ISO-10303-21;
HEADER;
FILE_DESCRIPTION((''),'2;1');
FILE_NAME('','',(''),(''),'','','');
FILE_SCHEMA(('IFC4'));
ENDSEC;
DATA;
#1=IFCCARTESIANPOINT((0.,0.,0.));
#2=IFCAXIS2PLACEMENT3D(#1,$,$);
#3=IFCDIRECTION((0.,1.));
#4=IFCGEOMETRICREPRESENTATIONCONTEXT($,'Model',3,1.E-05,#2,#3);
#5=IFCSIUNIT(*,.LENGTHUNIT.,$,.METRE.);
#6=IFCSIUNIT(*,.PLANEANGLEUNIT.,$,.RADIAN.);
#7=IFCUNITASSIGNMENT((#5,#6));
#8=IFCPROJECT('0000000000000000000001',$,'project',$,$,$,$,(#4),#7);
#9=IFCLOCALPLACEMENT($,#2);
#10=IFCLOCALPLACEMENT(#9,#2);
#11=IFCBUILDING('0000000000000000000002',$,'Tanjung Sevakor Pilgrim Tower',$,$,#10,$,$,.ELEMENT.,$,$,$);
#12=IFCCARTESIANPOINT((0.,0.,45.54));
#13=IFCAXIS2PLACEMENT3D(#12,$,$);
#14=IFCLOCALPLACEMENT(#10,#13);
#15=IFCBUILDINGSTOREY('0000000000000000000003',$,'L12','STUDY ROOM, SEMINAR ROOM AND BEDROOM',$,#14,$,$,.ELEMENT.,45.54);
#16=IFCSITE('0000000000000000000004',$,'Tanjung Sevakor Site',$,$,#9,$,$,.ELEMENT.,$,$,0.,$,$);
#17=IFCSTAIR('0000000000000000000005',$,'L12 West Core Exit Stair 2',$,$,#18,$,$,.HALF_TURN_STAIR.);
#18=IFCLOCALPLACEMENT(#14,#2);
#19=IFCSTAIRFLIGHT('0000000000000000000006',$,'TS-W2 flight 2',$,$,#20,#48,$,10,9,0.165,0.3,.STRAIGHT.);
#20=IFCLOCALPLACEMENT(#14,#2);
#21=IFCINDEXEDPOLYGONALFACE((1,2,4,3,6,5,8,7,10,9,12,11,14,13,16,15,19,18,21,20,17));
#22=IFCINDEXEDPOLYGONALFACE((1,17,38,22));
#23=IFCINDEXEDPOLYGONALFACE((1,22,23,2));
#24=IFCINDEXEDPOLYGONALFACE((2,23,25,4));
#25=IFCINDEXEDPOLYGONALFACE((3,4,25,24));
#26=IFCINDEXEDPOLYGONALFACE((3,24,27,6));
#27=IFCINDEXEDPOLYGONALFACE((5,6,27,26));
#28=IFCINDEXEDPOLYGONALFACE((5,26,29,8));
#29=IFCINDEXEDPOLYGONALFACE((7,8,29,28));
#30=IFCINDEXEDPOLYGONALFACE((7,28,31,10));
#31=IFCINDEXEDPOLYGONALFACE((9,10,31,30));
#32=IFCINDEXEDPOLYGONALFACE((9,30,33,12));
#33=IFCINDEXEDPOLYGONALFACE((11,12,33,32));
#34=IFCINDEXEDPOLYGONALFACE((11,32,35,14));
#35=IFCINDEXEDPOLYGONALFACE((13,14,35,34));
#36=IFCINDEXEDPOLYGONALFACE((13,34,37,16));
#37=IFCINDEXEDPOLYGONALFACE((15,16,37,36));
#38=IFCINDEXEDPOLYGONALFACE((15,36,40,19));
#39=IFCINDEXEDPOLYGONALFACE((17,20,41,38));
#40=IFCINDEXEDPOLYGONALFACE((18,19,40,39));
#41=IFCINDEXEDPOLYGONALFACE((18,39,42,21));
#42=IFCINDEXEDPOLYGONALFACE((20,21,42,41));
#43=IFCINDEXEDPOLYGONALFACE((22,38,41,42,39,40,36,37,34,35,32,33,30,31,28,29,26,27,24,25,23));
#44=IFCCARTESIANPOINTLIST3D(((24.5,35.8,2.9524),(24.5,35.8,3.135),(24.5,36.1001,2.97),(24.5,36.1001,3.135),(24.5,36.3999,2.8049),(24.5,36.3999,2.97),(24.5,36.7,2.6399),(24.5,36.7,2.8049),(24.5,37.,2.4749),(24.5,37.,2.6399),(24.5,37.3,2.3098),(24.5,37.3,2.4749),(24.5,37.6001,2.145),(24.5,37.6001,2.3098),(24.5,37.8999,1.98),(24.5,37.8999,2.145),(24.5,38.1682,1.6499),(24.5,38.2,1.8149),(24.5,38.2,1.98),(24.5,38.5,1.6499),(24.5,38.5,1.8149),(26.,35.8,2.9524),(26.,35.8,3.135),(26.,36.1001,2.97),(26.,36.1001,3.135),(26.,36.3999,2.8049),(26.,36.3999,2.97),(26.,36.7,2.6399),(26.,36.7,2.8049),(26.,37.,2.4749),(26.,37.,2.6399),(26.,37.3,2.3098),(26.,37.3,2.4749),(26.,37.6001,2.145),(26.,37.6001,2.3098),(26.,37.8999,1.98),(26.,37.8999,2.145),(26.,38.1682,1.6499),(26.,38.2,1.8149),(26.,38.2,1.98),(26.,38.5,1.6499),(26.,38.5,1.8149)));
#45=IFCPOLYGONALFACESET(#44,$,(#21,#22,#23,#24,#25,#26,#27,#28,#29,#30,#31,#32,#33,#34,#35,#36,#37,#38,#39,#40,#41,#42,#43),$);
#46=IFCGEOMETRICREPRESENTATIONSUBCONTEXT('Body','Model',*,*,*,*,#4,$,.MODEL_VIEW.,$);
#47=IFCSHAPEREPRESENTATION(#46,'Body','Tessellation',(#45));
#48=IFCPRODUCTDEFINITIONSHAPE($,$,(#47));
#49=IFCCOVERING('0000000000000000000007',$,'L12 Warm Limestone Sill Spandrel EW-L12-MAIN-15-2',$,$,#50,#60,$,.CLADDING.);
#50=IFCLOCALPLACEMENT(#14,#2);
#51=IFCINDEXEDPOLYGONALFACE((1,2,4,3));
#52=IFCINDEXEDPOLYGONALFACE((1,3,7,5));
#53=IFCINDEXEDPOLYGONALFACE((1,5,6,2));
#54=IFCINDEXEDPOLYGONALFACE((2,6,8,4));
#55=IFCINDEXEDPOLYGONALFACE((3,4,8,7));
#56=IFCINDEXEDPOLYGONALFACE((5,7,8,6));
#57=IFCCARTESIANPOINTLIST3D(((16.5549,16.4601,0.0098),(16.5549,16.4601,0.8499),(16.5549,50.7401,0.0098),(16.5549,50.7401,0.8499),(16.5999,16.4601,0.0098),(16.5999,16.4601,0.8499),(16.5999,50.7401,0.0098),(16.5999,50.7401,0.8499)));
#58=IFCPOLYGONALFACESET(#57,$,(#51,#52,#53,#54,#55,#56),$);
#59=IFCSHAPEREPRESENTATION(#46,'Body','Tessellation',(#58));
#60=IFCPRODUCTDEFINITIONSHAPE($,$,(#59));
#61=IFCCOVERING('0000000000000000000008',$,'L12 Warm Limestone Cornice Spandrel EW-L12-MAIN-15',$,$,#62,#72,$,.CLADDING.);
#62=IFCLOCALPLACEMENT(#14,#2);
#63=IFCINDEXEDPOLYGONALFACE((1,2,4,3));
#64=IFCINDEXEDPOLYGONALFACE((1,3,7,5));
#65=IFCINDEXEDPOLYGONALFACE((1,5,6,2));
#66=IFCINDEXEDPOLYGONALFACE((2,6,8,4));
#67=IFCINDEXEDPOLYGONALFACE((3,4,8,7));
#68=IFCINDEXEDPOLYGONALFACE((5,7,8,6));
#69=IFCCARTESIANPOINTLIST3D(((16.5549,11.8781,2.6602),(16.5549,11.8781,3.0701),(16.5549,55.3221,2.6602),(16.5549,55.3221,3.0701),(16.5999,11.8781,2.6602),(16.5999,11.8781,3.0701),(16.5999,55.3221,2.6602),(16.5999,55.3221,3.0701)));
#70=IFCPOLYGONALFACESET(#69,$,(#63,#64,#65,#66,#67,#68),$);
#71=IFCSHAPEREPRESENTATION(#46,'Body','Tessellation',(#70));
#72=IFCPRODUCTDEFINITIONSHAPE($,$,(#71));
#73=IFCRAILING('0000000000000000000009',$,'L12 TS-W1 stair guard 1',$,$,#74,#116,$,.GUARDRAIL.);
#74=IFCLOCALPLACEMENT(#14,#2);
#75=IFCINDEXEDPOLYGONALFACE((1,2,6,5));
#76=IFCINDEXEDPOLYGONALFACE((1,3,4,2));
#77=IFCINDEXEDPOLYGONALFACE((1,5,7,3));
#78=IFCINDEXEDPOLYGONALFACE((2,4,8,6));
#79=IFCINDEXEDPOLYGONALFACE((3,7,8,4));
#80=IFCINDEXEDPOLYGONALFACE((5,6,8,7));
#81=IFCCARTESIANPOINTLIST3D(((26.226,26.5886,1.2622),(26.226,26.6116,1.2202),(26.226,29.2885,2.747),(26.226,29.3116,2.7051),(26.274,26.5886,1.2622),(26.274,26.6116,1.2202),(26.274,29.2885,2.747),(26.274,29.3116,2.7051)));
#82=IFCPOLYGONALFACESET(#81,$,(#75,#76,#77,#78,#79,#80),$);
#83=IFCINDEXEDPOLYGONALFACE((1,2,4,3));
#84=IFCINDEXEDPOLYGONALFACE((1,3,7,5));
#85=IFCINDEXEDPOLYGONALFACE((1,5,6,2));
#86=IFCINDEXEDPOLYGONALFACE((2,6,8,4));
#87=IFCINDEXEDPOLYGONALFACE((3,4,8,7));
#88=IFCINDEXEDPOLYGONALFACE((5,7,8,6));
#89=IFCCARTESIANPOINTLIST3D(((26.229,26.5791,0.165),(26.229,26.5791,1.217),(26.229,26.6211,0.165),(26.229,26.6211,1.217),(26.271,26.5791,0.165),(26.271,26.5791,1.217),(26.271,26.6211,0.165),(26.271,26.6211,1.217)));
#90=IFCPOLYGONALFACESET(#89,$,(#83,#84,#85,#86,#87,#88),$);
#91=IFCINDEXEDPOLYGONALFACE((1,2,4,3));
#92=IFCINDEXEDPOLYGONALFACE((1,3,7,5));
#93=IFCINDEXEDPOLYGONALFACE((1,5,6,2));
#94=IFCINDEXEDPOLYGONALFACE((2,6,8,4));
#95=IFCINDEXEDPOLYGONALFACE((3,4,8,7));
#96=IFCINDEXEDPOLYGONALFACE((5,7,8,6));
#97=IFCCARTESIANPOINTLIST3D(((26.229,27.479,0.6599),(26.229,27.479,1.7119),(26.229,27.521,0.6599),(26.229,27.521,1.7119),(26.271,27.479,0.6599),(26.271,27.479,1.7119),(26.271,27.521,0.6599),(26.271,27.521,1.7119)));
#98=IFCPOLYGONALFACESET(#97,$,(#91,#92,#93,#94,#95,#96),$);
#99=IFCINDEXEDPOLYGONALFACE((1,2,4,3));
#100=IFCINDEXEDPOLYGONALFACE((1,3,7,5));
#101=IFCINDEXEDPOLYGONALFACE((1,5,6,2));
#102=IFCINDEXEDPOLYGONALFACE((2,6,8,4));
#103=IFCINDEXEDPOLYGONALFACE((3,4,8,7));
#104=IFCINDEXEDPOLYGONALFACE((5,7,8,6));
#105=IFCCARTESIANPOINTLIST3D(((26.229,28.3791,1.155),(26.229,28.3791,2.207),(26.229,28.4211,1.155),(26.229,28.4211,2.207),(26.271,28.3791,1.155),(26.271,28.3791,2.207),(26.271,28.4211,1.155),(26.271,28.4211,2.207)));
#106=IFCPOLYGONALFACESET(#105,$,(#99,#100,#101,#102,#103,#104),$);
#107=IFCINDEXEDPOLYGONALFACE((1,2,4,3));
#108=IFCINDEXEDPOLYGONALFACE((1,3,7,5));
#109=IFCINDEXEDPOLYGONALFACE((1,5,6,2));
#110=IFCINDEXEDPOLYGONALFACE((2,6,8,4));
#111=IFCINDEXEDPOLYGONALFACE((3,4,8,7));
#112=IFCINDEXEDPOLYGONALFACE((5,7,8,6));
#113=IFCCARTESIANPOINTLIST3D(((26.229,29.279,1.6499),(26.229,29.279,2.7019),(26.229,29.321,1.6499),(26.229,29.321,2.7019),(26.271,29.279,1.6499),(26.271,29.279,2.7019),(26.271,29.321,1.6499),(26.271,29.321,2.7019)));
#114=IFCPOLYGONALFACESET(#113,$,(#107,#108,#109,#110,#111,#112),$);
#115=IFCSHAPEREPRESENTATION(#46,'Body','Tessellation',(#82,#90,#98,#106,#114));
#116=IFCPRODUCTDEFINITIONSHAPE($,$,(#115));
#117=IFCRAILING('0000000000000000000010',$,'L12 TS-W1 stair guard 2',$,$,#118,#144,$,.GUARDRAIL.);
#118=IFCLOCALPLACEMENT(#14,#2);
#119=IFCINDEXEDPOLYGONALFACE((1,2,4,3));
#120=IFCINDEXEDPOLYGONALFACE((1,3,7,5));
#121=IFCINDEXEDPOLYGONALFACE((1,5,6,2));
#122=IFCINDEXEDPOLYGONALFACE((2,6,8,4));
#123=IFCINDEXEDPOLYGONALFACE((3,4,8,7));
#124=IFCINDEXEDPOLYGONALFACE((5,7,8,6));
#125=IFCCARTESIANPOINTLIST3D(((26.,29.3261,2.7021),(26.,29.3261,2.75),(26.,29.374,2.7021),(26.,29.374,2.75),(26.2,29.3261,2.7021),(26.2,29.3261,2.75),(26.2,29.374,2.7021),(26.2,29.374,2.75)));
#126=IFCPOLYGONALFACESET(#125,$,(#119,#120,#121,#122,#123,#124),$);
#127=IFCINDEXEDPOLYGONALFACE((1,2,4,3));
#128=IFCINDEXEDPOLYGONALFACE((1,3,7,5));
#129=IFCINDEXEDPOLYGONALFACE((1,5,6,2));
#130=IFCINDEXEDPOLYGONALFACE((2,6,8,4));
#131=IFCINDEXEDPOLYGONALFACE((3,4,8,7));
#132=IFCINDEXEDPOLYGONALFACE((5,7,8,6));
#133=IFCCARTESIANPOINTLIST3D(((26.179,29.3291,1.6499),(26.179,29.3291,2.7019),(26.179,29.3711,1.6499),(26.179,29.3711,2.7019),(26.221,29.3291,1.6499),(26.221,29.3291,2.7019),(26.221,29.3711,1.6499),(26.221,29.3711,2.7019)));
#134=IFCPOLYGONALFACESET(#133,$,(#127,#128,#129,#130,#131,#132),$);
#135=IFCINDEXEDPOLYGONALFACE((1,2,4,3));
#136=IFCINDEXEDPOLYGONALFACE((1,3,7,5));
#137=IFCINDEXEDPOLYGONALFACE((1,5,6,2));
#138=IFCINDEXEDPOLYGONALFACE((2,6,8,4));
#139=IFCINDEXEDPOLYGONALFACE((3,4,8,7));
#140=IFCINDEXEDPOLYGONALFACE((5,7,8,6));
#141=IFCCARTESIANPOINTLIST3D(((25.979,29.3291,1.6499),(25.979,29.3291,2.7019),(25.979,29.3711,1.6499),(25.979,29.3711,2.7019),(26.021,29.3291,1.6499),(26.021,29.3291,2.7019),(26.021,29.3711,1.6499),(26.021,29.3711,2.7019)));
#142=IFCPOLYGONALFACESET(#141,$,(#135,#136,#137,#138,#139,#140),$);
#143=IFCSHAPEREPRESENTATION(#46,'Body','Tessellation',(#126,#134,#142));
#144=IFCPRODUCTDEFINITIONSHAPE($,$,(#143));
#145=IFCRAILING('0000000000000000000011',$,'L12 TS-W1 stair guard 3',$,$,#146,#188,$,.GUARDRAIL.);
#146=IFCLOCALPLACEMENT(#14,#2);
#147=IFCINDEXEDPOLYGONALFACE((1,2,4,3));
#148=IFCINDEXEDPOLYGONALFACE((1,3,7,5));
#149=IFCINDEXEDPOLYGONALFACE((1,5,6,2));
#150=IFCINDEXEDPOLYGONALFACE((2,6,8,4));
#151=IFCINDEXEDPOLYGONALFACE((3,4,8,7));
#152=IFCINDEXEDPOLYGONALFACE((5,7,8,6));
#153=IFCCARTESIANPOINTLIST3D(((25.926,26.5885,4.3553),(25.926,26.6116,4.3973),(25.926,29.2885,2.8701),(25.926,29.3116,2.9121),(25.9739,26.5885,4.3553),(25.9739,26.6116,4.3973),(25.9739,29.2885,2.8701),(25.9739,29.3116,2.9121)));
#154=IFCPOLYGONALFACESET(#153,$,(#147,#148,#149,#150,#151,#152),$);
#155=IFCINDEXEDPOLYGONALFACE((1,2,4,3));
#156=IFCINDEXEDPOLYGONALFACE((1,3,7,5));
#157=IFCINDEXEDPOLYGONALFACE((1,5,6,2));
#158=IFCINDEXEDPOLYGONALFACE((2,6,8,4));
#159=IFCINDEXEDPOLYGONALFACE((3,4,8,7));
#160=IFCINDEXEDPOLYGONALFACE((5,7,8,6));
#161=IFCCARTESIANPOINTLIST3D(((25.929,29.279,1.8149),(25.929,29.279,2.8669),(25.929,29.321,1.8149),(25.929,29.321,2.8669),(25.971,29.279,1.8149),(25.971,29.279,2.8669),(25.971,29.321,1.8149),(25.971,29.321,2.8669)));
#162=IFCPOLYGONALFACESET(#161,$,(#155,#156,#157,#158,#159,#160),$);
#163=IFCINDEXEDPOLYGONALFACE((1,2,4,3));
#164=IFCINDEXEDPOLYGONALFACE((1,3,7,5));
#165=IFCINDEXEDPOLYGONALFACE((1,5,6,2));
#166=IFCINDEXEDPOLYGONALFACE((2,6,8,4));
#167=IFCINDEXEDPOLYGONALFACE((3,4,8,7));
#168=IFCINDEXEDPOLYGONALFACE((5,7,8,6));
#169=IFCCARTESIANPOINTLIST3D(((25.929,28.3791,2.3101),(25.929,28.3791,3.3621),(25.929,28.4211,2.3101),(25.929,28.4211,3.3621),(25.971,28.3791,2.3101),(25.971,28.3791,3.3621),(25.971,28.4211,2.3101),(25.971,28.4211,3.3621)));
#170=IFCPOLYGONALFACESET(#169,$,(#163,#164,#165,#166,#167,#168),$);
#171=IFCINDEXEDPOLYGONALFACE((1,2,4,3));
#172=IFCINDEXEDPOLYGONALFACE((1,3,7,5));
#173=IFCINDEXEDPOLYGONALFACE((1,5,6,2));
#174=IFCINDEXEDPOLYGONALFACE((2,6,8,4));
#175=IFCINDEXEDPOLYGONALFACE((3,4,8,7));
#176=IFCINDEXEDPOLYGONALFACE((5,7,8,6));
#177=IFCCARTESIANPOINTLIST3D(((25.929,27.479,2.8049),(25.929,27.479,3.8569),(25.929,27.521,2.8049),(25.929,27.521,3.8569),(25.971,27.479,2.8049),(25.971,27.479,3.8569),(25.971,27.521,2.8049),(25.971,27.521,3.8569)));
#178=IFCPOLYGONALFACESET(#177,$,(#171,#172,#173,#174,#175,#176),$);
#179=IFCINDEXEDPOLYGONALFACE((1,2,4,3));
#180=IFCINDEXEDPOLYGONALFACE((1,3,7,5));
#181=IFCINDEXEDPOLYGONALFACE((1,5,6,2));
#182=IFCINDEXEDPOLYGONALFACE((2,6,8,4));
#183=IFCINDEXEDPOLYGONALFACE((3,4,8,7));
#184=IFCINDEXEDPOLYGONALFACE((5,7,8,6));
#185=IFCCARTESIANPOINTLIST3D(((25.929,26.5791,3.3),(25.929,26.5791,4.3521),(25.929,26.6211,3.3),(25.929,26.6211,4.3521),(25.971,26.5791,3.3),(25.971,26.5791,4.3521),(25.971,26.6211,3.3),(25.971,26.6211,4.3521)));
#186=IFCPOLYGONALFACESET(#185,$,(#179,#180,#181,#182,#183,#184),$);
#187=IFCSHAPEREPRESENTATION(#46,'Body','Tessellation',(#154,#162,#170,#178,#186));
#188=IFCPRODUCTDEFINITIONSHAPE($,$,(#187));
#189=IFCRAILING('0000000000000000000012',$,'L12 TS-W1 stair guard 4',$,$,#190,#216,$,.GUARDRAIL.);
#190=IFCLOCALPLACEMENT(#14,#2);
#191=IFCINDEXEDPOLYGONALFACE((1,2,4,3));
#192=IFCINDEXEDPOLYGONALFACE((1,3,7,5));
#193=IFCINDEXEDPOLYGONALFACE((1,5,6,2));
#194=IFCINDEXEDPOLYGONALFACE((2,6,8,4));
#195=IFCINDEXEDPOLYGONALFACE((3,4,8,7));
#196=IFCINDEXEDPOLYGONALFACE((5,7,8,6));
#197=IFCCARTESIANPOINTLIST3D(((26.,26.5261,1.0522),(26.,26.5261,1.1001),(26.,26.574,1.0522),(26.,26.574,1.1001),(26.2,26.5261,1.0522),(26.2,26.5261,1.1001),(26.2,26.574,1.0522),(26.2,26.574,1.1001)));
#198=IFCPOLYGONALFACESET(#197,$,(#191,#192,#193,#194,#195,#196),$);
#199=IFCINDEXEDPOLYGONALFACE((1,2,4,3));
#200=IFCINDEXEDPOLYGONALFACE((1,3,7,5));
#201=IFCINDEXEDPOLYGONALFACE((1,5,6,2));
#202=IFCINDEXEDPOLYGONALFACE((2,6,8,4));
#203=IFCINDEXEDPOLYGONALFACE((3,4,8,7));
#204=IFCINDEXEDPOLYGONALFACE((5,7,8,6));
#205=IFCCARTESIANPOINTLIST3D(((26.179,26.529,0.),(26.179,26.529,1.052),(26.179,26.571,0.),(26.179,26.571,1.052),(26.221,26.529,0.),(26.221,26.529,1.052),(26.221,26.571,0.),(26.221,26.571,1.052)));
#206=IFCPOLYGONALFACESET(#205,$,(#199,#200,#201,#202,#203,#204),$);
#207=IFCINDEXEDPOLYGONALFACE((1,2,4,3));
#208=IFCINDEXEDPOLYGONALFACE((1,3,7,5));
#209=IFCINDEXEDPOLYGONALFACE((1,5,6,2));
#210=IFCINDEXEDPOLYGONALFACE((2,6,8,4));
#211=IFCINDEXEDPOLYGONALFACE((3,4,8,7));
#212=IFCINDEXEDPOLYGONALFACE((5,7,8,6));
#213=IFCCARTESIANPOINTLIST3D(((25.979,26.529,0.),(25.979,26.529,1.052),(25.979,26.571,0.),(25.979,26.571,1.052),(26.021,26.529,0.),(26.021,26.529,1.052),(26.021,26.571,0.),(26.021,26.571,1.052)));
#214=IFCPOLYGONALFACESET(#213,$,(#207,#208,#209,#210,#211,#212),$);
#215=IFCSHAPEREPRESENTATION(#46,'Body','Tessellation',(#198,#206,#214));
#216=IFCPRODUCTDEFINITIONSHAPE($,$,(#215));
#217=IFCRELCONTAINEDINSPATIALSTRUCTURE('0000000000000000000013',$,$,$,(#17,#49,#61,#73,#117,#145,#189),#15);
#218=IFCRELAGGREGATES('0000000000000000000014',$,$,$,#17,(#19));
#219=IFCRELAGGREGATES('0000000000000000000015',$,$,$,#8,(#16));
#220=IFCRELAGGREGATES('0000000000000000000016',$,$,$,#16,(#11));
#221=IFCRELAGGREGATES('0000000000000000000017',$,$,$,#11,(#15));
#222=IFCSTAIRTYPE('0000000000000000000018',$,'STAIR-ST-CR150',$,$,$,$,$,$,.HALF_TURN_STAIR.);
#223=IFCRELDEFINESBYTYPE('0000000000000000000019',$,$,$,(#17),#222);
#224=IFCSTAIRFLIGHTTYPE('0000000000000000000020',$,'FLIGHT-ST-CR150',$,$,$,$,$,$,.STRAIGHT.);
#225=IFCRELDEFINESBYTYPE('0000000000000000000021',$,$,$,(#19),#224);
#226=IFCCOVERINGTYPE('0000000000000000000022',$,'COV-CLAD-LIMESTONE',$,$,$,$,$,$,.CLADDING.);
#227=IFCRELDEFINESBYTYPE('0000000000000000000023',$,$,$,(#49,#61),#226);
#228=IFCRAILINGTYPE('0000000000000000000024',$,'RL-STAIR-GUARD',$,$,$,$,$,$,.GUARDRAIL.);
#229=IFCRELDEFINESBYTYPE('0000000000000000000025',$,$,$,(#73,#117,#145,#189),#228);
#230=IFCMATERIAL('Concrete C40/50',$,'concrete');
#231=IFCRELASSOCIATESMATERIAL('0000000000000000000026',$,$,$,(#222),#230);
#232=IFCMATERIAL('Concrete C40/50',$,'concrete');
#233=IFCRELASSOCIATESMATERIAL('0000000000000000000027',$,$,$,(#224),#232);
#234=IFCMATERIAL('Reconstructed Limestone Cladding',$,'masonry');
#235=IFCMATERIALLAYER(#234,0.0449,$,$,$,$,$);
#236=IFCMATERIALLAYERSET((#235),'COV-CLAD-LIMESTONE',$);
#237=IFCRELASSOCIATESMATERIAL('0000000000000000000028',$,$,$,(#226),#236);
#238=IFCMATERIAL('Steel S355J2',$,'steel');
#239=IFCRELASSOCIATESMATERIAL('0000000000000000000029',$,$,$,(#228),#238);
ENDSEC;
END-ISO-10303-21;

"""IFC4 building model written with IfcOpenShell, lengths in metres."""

from ifc_helpers import new_model, si_unit, direction, frame, origin, origin_2d, place, context, subcontext, project, spatial, polyline, rectangle, outline, extrude, material, layer, layer_set, type_object, element, aggregate, save


model = new_model("IFC4")

# Units and contexts
model_context = context("Model", 3, precision=1e-05, world=origin(), true_north=direction((0.0, 1.0)))
body_context = subcontext(model_context, "Body", "Model", "MODEL_VIEW")
ifc_project = project(units=[si_unit("LENGTHUNIT", "METRE"), si_unit("PLANEANGLEUNIT", "RADIAN")], contexts=[model_context])

# Site, building, storey
site_placement = place(None, origin())
site = spatial("IfcSite", under=ifc_project, at=site_placement, Name="Tanjung Sevakor Site", CompositionType="ELEMENT", RefElevation=0.0)
building_placement = place(site_placement, origin())
building = spatial("IfcBuilding", under=site, at=building_placement, Name="Tanjung Sevakor Pilgrim Tower", CompositionType="ELEMENT")
storey_placement = place(building_placement, frame((0.0, 0.0, 45.54)))
storey = spatial("IfcBuildingStorey", under=building, at=storey_placement, Name="L12", Description="STUDY ROOM, SEMINAR ROOM AND BEDROOM", CompositionType="ELEMENT", Elevation=45.54)

# Stair, stair flight
ifc_material_1 = material(Name="Concrete C40/50", Category="concrete")
stair_type = type_object("IfcStairType", Name="STAIR-ST-CR150", PredefinedType="HALF_TURN_STAIR", material=ifc_material_1)
ifc_material_2 = material(Name="Concrete C40/50", Category="concrete")
stair_flight_type = type_object("IfcStairFlightType", Name="FLIGHT-ST-CR150", PredefinedType="STRAIGHT", material=ifc_material_2)
stair_1_placement = place(storey_placement, origin())
stair_1 = element("IfcStair", 1, at=stair_1_placement, inside=storey, type_object=stair_type, Name="L12 West Core Exit Stair 2", PredefinedType="HALF_TURN_STAIR")
stair_flight_1_placement = place(storey_placement, frame((25.25, 38.5, 1.6499), z_axis=(0.0, 0.0, 1.0), x_axis=(0.0, -1.0, 0.0)))
stair_flight_1 = element("IfcStairFlight", 2, at=stair_flight_1_placement, type_object=stair_flight_type, Name="TS-W2 flight 2", NumberOfRisers=10, NumberOfTreads=9, PredefinedType="STRAIGHT", RiserHeight=0.165, TreadLength=0.3, context=body_context, shape_type="SweptSolid", body=[
    extrude(outline(polyline([(0.0, 0.0), (0.0, 0.165), (0.3, 0.165), (0.3, 0.3301), (0.6001, 0.3301), (0.6001, 0.4951), (0.8999, 0.4951), (0.8999, 0.6599), (1.2, 0.6599), (1.2, 0.825), (1.5, 0.825), (1.5, 0.99), (1.8, 0.99), (1.8, 1.155), (2.1001, 1.155), (2.1001, 1.3201), (2.3999, 1.3201), (2.3999, 1.4851), (2.7, 1.4851), (2.7, 1.6499), (2.7, 1.3025), (0.3318, 0.0), (0.0, 0.0)])), frame((0.0, 0.75, 0.0), z_axis=(0.0, -1.0, 0.0), x_axis=(1.0, 0.0, 0.0)), (0.0, 0.0, 1.0), 1.5),
])
aggregate(stair_1, [stair_flight_1])

# Coverings
ifc_material_3 = material(Name="Reconstructed Limestone Cladding", Category="masonry")
ifc_layer_1 = layer(ifc_material_3, 0.0449)
ifc_layer_set_1 = layer_set([ifc_layer_1], Name="COV-CLAD-LIMESTONE")
covering_type = type_object("IfcCoveringType", Name="COV-CLAD-LIMESTONE", PredefinedType="CLADDING", material=ifc_layer_set_1)
covering_1_placement = place(storey_placement, frame((16.5774, 33.6001, 0.0098), z_axis=(0.0, 0.0, 1.0), x_axis=(0.0, -1.0, 0.0)))
element("IfcCovering", 3, at=covering_1_placement, inside=storey, type_object=covering_type, Name="L12 Warm Limestone Sill Spandrel EW-L12-MAIN-15-2", PredefinedType="CLADDING", context=body_context, shape_type="SweptSolid", body=[
    extrude(rectangle(XDim=34.28, YDim=0.0449, at=origin_2d()), origin(), (0.0, 0.0, 1.0), 0.8401),
])
covering_2_placement = place(storey_placement, frame((16.5774, 33.6001, 2.6602), z_axis=(0.0, 0.0, 1.0), x_axis=(0.0, -1.0, 0.0)))
element("IfcCovering", 4, at=covering_2_placement, inside=storey, type_object=covering_type, Name="L12 Warm Limestone Cornice Spandrel EW-L12-MAIN-15", PredefinedType="CLADDING", context=body_context, shape_type="SweptSolid", body=[
    extrude(rectangle(XDim=43.4441, YDim=0.0449, at=origin_2d()), origin(), (0.0, 0.0, 1.0), 0.4099),
])

# Railings
ifc_material_4 = material(Name="Steel S355J2", Category="steel")
railing_type_1 = type_object("IfcRailingType", Name="RL-STAIR-GUARD", PredefinedType="GUARDRAIL", material=ifc_material_4)
railing_1_placement = place(storey_placement, frame((26.25, 26.6001, 0.165)))
element("IfcRailing", 5, at=railing_1_placement, inside=storey, type_object=railing_type_1, Name="L12 TS-W1 stair guard 1", PredefinedType="GUARDRAIL", context=body_context, shape_type="SweptSolid", body=[
    extrude(rectangle(XDim=0.0479, YDim=0.0479), frame((0.0, 0.0, 1.0762), z_axis=(0.0, 0.876231, 0.481891), x_axis=(-1.0, 0.0, 0.0)), (0.0, 0.0, 1.0), 3.0813),
    extrude(rectangle(XDim=0.042, YDim=0.042), origin(), (0.0, 0.0, 1.0), 1.052),
    extrude(rectangle(XDim=0.042, YDim=0.042), frame((0.0, 0.8999, 0.4949)), (0.0, 0.0, 1.0), 1.052),
    extrude(rectangle(XDim=0.042, YDim=0.042), frame((0.0, 1.8, 0.99)), (0.0, 0.0, 1.0), 1.052),
    extrude(rectangle(XDim=0.042, YDim=0.042), frame((0.0, 2.7, 1.4849)), (0.0, 0.0, 1.0), 1.052),
])
railing_2_placement = place(storey_placement, frame((26.2, 29.3501, 1.6499)))
element("IfcRailing", 6, at=railing_2_placement, inside=storey, type_object=railing_type_1, Name="L12 TS-W1 stair guard 2", PredefinedType="GUARDRAIL", context=body_context, shape_type="SweptSolid", body=[
    extrude(rectangle(XDim=0.0479, YDim=0.0479), frame((0.0, 0.0, 1.0762), z_axis=(-1.0, 0.0, 0.0), x_axis=(0.0, -1.0, 0.0)), (0.0, 0.0, 1.0), 0.2),
    extrude(rectangle(XDim=0.042, YDim=0.042), origin(), (0.0, 0.0, 1.0), 1.052),
    extrude(rectangle(XDim=0.042, YDim=0.042), frame((-0.2, 0.0, 0.0)), (0.0, 0.0, 1.0), 1.052),
])
railing_3_placement = place(storey_placement, frame((25.95, 29.3, 1.8149)))
element("IfcRailing", 7, at=railing_3_placement, inside=storey, type_object=railing_type_1, Name="L12 TS-W1 stair guard 3", PredefinedType="GUARDRAIL", context=body_context, shape_type="SweptSolid", body=[
    extrude(rectangle(XDim=0.0479, YDim=0.0479), frame((0.0, 0.0, 1.0762), z_axis=(0.0, -0.876198, 0.481952), x_axis=(1.0, 0.0, 0.0)), (0.0, 0.0, 1.0), 3.0815),
    extrude(rectangle(XDim=0.042, YDim=0.042), origin(), (0.0, 0.0, 1.0), 1.052),
    extrude(rectangle(XDim=0.042, YDim=0.042), frame((0.0, -0.8999, 0.4951)), (0.0, 0.0, 1.0), 1.052),
    extrude(rectangle(XDim=0.042, YDim=0.042), frame((0.0, -1.8, 0.99)), (0.0, 0.0, 1.0), 1.052),
    extrude(rectangle(XDim=0.042, YDim=0.042), frame((0.0, -2.7, 1.4851)), (0.0, 0.0, 1.0), 1.052),
])
railing_4_placement = place(storey_placement, frame((26.2, 26.55, 0.0)))
element("IfcRailing", 8, at=railing_4_placement, inside=storey, type_object=railing_type_1, Name="L12 TS-W1 stair guard 4", PredefinedType="GUARDRAIL", context=body_context, shape_type="SweptSolid", body=[
    extrude(rectangle(XDim=0.0479, YDim=0.0479), frame((0.0, 0.0, 1.0762), z_axis=(-1.0, 0.0, 0.0), x_axis=(0.0, -1.0, 0.0)), (0.0, 0.0, 1.0), 0.2),
    extrude(rectangle(XDim=0.042, YDim=0.042), origin(), (0.0, 0.0, 1.0), 1.052),
    extrude(rectangle(XDim=0.042, YDim=0.042), frame((-0.2, 0.0, 0.0)), (0.0, 0.0, 1.0), 1.052),
])

save(model, "model.ifc")
